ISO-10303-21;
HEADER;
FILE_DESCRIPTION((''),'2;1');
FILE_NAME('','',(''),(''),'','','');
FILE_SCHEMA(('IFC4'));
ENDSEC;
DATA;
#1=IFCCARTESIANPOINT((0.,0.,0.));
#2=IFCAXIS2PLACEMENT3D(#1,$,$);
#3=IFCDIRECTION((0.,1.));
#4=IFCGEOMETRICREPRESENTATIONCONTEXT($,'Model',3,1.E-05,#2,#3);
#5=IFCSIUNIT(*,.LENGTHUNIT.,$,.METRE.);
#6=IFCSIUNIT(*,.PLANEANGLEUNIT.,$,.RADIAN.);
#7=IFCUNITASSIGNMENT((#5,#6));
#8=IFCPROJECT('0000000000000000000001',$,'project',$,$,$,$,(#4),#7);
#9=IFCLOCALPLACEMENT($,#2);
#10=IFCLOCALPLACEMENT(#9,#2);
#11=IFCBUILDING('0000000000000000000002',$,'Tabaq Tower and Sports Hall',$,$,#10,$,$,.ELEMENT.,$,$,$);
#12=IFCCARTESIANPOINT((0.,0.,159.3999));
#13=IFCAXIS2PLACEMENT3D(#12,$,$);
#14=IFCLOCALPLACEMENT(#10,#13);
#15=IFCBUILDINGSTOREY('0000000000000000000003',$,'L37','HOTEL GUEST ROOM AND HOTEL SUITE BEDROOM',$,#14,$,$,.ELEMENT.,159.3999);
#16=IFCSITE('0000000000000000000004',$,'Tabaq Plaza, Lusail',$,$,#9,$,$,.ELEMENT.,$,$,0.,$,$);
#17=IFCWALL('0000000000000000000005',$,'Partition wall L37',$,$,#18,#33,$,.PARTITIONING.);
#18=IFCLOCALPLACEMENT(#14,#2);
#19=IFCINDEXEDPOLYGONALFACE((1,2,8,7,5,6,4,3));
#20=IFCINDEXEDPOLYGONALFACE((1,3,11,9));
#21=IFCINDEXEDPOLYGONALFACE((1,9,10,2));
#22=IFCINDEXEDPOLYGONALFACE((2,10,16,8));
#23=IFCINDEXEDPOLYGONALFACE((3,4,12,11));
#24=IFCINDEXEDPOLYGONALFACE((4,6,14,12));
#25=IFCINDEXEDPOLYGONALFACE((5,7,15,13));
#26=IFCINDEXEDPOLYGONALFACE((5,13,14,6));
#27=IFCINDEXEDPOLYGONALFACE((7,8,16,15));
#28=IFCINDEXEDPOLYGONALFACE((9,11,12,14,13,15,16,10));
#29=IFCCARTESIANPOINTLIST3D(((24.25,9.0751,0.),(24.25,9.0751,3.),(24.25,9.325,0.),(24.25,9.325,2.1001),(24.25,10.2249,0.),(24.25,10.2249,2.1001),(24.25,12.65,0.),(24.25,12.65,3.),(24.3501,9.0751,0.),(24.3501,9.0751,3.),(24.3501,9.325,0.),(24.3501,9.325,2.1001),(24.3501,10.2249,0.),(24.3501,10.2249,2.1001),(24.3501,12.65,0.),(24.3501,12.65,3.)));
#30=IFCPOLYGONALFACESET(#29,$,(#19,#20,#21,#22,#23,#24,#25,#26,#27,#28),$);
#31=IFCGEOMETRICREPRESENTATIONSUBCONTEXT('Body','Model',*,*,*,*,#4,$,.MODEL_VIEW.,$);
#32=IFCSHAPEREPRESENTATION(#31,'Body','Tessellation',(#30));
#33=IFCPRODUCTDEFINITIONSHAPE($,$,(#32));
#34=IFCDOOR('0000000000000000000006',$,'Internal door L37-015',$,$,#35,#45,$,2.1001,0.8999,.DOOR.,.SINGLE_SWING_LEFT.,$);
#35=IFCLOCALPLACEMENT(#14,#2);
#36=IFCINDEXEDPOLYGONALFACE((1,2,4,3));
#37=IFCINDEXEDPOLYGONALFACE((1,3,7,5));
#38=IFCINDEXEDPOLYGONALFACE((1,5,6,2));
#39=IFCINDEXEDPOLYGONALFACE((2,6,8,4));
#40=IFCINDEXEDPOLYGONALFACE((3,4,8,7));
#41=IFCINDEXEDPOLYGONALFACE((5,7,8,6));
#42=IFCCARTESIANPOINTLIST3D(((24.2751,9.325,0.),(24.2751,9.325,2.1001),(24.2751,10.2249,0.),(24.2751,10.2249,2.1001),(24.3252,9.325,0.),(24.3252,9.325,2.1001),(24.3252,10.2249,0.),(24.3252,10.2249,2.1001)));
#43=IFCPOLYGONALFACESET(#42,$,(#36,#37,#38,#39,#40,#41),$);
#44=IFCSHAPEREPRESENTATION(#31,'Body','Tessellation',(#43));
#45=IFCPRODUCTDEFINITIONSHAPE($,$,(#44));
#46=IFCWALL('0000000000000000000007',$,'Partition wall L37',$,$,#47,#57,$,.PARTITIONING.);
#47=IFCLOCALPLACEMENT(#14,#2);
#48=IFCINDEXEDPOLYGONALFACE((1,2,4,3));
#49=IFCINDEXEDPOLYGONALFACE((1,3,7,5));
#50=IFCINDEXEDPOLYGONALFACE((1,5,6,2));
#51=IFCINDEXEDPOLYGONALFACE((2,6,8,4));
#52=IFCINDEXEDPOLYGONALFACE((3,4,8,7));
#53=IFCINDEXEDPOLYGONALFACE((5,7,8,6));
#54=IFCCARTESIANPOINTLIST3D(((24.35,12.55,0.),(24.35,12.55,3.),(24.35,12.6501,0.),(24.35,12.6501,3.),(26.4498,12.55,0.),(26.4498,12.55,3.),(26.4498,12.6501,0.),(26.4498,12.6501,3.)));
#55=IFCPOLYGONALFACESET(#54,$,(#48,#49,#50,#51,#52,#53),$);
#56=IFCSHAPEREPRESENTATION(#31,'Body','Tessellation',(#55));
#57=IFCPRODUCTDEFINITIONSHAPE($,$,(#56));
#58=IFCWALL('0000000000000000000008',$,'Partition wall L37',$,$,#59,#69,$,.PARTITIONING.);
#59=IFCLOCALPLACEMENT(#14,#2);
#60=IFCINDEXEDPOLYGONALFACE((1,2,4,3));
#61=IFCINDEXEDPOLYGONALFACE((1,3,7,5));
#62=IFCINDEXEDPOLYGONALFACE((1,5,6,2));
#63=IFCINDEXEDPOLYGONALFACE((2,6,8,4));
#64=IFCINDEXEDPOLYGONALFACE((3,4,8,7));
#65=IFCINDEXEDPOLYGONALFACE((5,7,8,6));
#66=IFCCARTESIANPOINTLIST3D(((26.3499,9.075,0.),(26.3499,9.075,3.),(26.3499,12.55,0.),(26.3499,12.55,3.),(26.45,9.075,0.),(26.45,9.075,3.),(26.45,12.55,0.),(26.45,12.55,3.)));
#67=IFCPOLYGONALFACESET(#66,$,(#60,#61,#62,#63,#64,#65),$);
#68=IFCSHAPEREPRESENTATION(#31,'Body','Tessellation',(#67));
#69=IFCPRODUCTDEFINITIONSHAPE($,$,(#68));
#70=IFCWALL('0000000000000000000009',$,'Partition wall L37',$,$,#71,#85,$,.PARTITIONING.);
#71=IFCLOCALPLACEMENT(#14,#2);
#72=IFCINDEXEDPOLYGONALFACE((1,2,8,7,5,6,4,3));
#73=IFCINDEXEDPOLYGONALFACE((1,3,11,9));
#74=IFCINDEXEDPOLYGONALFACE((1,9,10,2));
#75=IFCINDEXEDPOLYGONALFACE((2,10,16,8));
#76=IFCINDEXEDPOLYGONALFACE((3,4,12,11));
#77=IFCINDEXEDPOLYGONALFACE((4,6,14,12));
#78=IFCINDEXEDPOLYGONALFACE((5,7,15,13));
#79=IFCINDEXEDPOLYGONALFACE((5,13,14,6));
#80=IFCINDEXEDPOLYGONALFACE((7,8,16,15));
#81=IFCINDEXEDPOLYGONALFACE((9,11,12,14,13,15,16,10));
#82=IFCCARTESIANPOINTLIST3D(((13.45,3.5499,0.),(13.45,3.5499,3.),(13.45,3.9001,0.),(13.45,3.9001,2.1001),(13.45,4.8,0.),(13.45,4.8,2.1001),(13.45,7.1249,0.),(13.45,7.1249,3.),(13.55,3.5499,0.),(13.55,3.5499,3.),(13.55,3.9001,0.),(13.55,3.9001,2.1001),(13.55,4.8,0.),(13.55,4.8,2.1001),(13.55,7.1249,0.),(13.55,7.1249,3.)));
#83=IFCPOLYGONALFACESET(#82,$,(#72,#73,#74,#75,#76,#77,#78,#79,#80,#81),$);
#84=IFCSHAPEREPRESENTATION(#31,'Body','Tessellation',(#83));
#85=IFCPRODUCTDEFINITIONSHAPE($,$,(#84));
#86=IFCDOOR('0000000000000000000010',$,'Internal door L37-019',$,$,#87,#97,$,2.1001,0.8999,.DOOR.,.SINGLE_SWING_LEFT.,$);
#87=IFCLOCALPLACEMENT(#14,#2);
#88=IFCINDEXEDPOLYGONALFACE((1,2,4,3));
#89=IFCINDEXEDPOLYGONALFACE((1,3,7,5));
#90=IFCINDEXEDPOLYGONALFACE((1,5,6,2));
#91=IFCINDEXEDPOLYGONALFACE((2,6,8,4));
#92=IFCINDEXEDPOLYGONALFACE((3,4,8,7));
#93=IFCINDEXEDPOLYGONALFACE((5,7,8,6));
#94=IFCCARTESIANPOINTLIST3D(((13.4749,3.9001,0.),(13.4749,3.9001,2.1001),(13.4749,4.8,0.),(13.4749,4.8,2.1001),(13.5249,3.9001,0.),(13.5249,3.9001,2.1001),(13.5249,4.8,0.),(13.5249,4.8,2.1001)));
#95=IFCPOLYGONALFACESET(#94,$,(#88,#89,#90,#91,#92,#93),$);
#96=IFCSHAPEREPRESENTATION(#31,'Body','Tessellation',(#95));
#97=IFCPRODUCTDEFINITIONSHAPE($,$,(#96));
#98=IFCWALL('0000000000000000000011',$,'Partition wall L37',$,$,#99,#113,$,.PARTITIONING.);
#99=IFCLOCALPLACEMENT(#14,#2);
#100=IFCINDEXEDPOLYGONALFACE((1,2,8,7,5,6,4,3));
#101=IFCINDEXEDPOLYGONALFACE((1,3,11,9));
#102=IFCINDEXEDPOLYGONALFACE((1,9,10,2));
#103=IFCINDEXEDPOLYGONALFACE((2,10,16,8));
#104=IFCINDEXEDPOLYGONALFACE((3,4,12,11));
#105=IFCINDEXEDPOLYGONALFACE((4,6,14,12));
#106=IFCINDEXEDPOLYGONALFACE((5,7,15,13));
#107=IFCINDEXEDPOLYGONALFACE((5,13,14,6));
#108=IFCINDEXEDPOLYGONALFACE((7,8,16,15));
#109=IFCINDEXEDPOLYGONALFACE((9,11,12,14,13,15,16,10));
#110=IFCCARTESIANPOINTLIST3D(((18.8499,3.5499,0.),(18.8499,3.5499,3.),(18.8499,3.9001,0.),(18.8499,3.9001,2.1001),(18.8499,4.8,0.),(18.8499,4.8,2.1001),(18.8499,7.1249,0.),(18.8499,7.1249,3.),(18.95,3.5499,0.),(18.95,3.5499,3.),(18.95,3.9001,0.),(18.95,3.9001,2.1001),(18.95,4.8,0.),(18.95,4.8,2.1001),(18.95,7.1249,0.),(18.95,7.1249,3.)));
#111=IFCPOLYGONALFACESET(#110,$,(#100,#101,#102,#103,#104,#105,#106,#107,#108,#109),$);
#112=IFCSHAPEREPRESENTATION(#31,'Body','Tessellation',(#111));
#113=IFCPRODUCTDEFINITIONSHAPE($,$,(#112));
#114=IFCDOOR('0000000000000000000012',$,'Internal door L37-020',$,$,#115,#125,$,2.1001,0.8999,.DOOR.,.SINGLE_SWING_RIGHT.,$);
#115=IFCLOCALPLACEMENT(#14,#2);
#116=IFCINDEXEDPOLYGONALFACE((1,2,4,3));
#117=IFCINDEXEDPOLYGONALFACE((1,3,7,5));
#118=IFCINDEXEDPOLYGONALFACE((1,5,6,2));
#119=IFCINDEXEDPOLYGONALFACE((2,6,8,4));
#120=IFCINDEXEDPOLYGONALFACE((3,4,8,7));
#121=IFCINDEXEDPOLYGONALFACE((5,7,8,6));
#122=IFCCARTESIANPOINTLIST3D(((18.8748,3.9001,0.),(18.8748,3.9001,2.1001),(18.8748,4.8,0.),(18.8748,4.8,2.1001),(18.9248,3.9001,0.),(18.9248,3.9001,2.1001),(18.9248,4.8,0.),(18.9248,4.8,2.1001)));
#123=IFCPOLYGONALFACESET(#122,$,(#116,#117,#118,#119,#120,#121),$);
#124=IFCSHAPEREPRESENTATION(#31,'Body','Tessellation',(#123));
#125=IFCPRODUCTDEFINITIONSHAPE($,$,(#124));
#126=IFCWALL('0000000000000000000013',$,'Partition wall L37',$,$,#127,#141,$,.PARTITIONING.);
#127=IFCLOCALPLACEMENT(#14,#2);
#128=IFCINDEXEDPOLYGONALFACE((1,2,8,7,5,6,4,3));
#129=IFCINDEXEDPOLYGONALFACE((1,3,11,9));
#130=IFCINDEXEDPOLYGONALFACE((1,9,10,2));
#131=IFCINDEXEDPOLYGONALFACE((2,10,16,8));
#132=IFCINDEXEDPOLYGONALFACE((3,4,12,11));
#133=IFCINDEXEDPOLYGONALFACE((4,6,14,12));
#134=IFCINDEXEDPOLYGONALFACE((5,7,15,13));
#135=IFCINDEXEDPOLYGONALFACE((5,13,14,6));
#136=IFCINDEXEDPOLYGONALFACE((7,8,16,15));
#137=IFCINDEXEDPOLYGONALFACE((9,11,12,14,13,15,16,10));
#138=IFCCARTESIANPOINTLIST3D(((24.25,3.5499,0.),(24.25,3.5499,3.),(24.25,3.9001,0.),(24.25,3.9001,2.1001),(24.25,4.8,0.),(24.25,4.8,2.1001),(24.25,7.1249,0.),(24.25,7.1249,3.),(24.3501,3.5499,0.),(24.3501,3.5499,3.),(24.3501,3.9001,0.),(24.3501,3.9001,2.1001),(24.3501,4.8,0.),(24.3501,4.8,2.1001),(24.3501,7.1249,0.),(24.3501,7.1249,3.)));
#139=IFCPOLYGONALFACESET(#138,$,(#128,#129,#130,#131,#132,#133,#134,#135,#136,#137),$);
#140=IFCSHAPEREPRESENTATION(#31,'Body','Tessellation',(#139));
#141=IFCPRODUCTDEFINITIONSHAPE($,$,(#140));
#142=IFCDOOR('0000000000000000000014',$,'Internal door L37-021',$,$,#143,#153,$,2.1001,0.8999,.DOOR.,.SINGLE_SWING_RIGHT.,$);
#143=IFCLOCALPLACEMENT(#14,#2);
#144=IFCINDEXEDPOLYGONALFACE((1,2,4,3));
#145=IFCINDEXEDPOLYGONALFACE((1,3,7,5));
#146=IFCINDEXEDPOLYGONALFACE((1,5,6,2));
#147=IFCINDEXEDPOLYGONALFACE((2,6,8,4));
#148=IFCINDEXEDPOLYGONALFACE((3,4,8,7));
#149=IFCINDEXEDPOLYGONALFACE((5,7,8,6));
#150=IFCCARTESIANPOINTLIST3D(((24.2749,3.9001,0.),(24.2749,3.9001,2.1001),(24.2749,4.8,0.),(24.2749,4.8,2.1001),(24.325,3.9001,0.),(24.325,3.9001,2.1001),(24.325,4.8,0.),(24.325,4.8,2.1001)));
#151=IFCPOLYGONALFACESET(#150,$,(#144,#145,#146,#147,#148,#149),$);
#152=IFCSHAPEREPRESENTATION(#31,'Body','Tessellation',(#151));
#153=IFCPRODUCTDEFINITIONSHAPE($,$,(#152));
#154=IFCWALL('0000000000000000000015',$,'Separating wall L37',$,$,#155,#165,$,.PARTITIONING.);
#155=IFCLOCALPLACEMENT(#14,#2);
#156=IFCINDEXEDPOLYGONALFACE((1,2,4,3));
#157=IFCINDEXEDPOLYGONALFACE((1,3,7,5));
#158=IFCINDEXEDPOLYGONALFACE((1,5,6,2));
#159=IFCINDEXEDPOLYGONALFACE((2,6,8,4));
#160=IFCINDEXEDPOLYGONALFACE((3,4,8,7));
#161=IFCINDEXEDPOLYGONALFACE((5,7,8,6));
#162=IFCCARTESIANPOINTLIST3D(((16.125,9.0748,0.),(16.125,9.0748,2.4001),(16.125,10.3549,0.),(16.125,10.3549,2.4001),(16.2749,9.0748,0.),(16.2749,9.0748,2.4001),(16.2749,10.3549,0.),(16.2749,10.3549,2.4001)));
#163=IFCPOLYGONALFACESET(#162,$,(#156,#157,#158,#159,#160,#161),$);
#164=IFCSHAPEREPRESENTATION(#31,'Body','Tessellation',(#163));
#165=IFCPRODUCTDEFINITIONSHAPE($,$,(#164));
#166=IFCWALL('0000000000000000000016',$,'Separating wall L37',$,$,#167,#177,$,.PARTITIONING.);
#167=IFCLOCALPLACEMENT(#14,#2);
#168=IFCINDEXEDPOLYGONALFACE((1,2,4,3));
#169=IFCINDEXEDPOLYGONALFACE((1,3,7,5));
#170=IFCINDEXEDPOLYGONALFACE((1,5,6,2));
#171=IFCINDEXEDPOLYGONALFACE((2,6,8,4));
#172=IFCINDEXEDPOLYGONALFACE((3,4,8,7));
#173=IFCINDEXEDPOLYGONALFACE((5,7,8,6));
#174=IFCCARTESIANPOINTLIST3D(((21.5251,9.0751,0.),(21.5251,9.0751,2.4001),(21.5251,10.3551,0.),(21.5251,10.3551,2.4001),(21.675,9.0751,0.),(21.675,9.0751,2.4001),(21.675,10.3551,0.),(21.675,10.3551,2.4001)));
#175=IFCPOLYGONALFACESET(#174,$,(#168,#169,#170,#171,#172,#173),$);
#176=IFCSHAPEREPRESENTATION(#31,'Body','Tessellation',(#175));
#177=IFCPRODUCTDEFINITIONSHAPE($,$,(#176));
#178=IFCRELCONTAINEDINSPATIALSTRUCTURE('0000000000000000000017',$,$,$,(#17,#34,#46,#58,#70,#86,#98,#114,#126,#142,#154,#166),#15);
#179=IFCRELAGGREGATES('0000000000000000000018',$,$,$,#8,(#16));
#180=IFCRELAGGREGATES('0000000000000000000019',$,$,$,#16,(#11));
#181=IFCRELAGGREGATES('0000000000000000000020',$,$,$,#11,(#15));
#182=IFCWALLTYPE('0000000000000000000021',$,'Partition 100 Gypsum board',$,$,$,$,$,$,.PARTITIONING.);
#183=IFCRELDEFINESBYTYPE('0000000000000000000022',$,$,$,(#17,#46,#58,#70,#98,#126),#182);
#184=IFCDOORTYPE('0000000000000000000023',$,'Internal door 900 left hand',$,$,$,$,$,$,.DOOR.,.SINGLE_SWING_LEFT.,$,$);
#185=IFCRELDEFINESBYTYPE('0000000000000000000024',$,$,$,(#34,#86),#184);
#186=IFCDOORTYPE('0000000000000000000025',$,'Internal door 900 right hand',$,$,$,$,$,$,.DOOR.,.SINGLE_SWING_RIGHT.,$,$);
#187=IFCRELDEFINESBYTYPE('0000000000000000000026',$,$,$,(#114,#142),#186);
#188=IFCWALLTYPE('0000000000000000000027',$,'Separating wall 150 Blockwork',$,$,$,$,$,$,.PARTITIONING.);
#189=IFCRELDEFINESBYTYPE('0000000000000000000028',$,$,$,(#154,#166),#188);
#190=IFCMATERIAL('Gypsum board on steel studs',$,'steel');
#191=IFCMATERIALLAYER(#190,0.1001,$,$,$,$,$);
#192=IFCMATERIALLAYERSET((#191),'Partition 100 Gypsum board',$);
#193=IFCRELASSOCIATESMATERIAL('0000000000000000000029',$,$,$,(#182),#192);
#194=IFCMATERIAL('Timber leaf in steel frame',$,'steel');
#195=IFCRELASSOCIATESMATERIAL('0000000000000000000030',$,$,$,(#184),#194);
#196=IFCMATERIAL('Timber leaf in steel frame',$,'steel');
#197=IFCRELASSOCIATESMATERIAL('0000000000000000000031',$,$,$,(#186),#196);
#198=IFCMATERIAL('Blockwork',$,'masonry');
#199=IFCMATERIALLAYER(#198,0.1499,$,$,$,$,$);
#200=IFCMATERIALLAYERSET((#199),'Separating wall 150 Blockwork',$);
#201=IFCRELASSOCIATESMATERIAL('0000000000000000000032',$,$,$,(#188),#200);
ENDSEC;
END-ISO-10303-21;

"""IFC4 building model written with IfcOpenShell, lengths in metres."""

from ifc_helpers import new_model, si_unit, direction, frame, frame_2d, origin, place, context, subcontext, project, spatial, rectangle, extrude, material, layer, layer_set, type_object, element, fill, save


model = new_model("IFC4")

# Units and contexts
model_context = context("Model", 3, precision=1e-05, world=origin(), true_north=direction((0.0, 1.0)))
body_context = subcontext(model_context, "Body", "Model", "MODEL_VIEW")
ifc_project = project(units=[si_unit("LENGTHUNIT", "METRE"), si_unit("PLANEANGLEUNIT", "RADIAN")], contexts=[model_context])

# Site, building, storey
site_placement = place(None, origin())
site = spatial("IfcSite", under=ifc_project, at=site_placement, Name="Tabaq Plaza, Lusail", CompositionType="ELEMENT", RefElevation=0.0)
building_placement = place(site_placement, origin())
building = spatial("IfcBuilding", under=site, at=building_placement, Name="Tabaq Tower and Sports Hall", CompositionType="ELEMENT")
storey_placement = place(building_placement, frame((0.0, 0.0, 159.3999)))
storey = spatial("IfcBuildingStorey", under=building, at=storey_placement, Name="L37", Description="HOTEL GUEST ROOM AND HOTEL SUITE BEDROOM", CompositionType="ELEMENT", Elevation=159.3999)

# Shared definitions
ifc_material_1 = material(Name="Gypsum board on steel studs", Category="steel")
ifc_layer_1 = layer(ifc_material_1, 0.1001)
ifc_layer_set_1 = layer_set([ifc_layer_1], Name="Partition 100 Gypsum board")
wall_type_1 = type_object("IfcWallType", Name="Partition 100 Gypsum board", PredefinedType="PARTITIONING", material=ifc_layer_set_1)

# Wall, opening, door
ifc_material_2 = material(Name="Timber leaf in steel frame", Category="steel")
door_type_1 = type_object("IfcDoorType", Name="Internal door 900 left hand", OperationType="SINGLE_SWING_LEFT", PredefinedType="DOOR", material=ifc_material_2)
wall_1_placement = place(storey_placement, frame((24.3, 9.075, 0.0), z_axis=(0.0, 0.0, 1.0), x_axis=(0.0, 1.0, 0.0)))
wall_1 = element("IfcWall", 1, at=wall_1_placement, inside=storey, type_object=wall_type_1, Name="Partition wall L37", PredefinedType="PARTITIONING", context=body_context, shape_type="SweptSolid", body=[
    extrude(rectangle(XDim=3.575, YDim=0.1001, at=frame_2d((1.7876, 0.0))), origin(), (0.0, 0.0, 1.0), 3.0),
])
opening_1_placement = place(wall_1_placement, frame((0.25, 0.0, 0.0)))
opening_1 = element("IfcOpeningElement", 2, at=opening_1_placement, cuts=wall_1, PredefinedType="OPENING", context=body_context, shape_type="SweptSolid", body=[
    extrude(rectangle(XDim=0.8999, YDim=2.1001, at=frame_2d((0.45, 1.05))), frame((0.0, 0.05, 0.0), z_axis=(0.0, -1.0, 0.0), x_axis=(1.0, 0.0, 0.0)), (0.0, 0.0, 1.0), 0.1001),
])
door_1_placement = place(opening_1_placement, origin())
door_1 = element("IfcDoor", 3, at=door_1_placement, inside=storey, type_object=door_type_1, Name="Internal door L37-015", OperationType="SINGLE_SWING_LEFT", OverallHeight=2.1001, OverallWidth=0.8999, PredefinedType="DOOR", context=body_context, shape_type="SweptSolid", body=[
    extrude(rectangle(XDim=0.8999, YDim=2.1001, at=frame_2d((0.45, 1.05))), frame((0.0, 0.0249, 0.0), z_axis=(0.0, -1.0, 0.0), x_axis=(1.0, 0.0, 0.0)), (0.0, 0.0, 1.0), 0.05),
])
fill(opening_1, door_1)

# Walls
wall_2_placement = place(storey_placement, frame((24.3501, 12.6001, 0.0), z_axis=(0.0, 0.0, 1.0), x_axis=(1.0, 0.0, 0.0)))
element("IfcWall", 4, at=wall_2_placement, inside=storey, type_object=wall_type_1, Name="Partition wall L37", PredefinedType="PARTITIONING", context=body_context, shape_type="SweptSolid", body=[
    extrude(rectangle(XDim=2.0999, YDim=0.1001, at=frame_2d((1.0498, 0.0))), origin(), (0.0, 0.0, 1.0), 3.0),
])
wall_3_placement = place(storey_placement, frame((26.3999, 12.55, 0.0), z_axis=(0.0, 0.0, 1.0), x_axis=(0.0, -1.0, 0.0)))
element("IfcWall", 5, at=wall_3_placement, inside=storey, type_object=wall_type_1, Name="Partition wall L37", PredefinedType="PARTITIONING", context=body_context, shape_type="SweptSolid", body=[
    extrude(rectangle(XDim=3.4751, YDim=0.1001, at=frame_2d((1.7375, 0.0))), origin(), (0.0, 0.0, 1.0), 3.0),
])

# Walls, openings, doors
wall_4_placement = place(storey_placement, frame((13.5, 7.125, 0.0), z_axis=(0.0, 0.0, 1.0), x_axis=(0.0, -1.0, 0.0)))
wall_4 = element("IfcWall", 6, at=wall_4_placement, inside=storey, type_object=wall_type_1, Name="Partition wall L37", PredefinedType="PARTITIONING", context=body_context, shape_type="SweptSolid", body=[
    extrude(rectangle(XDim=3.575, YDim=0.1001, at=frame_2d((1.7876, 0.0))), origin(), (0.0, 0.0, 1.0), 3.0),
])
opening_2_placement = place(wall_4_placement, frame((2.325, 0.0, 0.0)))
opening_2 = element("IfcOpeningElement", 7, at=opening_2_placement, cuts=wall_4, PredefinedType="OPENING", context=body_context, shape_type="SweptSolid", body=[
    extrude(rectangle(XDim=0.8999, YDim=2.1001, at=frame_2d((0.45, 1.05))), frame((0.0, 0.05, 0.0), z_axis=(0.0, -1.0, 0.0), x_axis=(1.0, 0.0, 0.0)), (0.0, 0.0, 1.0), 0.1001),
])
door_2_placement = place(opening_2_placement, origin())
door_2 = element("IfcDoor", 8, at=door_2_placement, inside=storey, type_object=door_type_1, Name="Internal door L37-019", OperationType="SINGLE_SWING_LEFT", OverallHeight=2.1001, OverallWidth=0.8999, PredefinedType="DOOR", context=body_context, shape_type="SweptSolid", body=[
    extrude(rectangle(XDim=0.8999, YDim=2.1001, at=frame_2d((0.45, 1.05))), frame((0.0, 0.0249, 0.0), z_axis=(0.0, -1.0, 0.0), x_axis=(1.0, 0.0, 0.0)), (0.0, 0.0, 1.0), 0.05),
])
fill(opening_2, door_2)
wall_5_placement = place(storey_placement, frame((18.8999, 7.125, 0.0), z_axis=(0.0, 0.0, 1.0), x_axis=(0.0, -1.0, 0.0)))
wall_5 = element("IfcWall", 9, at=wall_5_placement, inside=storey, type_object=wall_type_1, Name="Partition wall L37", PredefinedType="PARTITIONING", context=body_context, shape_type="SweptSolid", body=[
    extrude(rectangle(XDim=3.575, YDim=0.1001, at=frame_2d((1.7876, 0.0))), origin(), (0.0, 0.0, 1.0), 3.0),
])
opening_3_placement = place(wall_5_placement, frame((2.325, 0.0, 0.0)))
opening_3 = element("IfcOpeningElement", 10, at=opening_3_placement, cuts=wall_5, PredefinedType="OPENING", context=body_context, shape_type="SweptSolid", body=[
    extrude(rectangle(XDim=0.8999, YDim=2.1001, at=frame_2d((0.45, 1.05))), frame((0.0, 0.05, 0.0), z_axis=(0.0, -1.0, 0.0), x_axis=(1.0, 0.0, 0.0)), (0.0, 0.0, 1.0), 0.1001),
])
ifc_material_3 = material(Name="Timber leaf in steel frame", Category="steel")
door_type_2 = type_object("IfcDoorType", Name="Internal door 900 right hand", OperationType="SINGLE_SWING_RIGHT", PredefinedType="DOOR", material=ifc_material_3)
door_3_placement = place(opening_3_placement, origin())
door_3 = element("IfcDoor", 11, at=door_3_placement, inside=storey, type_object=door_type_2, Name="Internal door L37-020", OperationType="SINGLE_SWING_RIGHT", OverallHeight=2.1001, OverallWidth=0.8999, PredefinedType="DOOR", context=body_context, shape_type="SweptSolid", body=[
    extrude(rectangle(XDim=0.8999, YDim=2.1001, at=frame_2d((0.45, 1.05))), frame((0.0, 0.0249, 0.0), z_axis=(0.0, -1.0, 0.0), x_axis=(1.0, 0.0, 0.0)), (0.0, 0.0, 1.0), 0.05),
])
fill(opening_3, door_3)
wall_6_placement = place(storey_placement, frame((24.3, 7.125, 0.0), z_axis=(0.0, 0.0, 1.0), x_axis=(0.0, -1.0, 0.0)))
wall_6 = element("IfcWall", 12, at=wall_6_placement, inside=storey, type_object=wall_type_1, Name="Partition wall L37", PredefinedType="PARTITIONING", context=body_context, shape_type="SweptSolid", body=[
    extrude(rectangle(XDim=3.575, YDim=0.1001, at=frame_2d((1.7876, 0.0))), origin(), (0.0, 0.0, 1.0), 3.0),
])
opening_4_placement = place(wall_6_placement, frame((2.325, 0.0, 0.0)))
opening_4 = element("IfcOpeningElement", 13, at=opening_4_placement, cuts=wall_6, PredefinedType="OPENING", context=body_context, shape_type="SweptSolid", body=[
    extrude(rectangle(XDim=0.8999, YDim=2.1001, at=frame_2d((0.45, 1.05))), frame((0.0, 0.05, 0.0), z_axis=(0.0, -1.0, 0.0), x_axis=(1.0, 0.0, 0.0)), (0.0, 0.0, 1.0), 0.1001),
])
door_4_placement = place(opening_4_placement, origin())
door_4 = element("IfcDoor", 14, at=door_4_placement, inside=storey, type_object=door_type_2, Name="Internal door L37-021", OperationType="SINGLE_SWING_RIGHT", OverallHeight=2.1001, OverallWidth=0.8999, PredefinedType="DOOR", context=body_context, shape_type="SweptSolid", body=[
    extrude(rectangle(XDim=0.8999, YDim=2.1001, at=frame_2d((0.45, 1.05))), frame((0.0, 0.0249, 0.0), z_axis=(0.0, -1.0, 0.0), x_axis=(1.0, 0.0, 0.0)), (0.0, 0.0, 1.0), 0.05),
])
fill(opening_4, door_4)

# Walls
ifc_material_4 = material(Name="Blockwork", Category="masonry")
ifc_layer_2 = layer(ifc_material_4, 0.1499)
ifc_layer_set_2 = layer_set([ifc_layer_2], Name="Separating wall 150 Blockwork")
wall_type_2 = type_object("IfcWallType", Name="Separating wall 150 Blockwork", PredefinedType="PARTITIONING", material=ifc_layer_set_2)
for number, where, z_axis, x_axis, name in (
    (15, (16.2, 10.355, 0.0), (0.0, 0.0, 1.0), (0.0, -1.0, 0.0), "Separating wall L37"),
    (16, (21.6001, 9.075, 0.0), (0.0, 0.0, 1.0), (0.0, 1.0, 0.0), "Separating wall L37"),
):
    element("IfcWall", number, at=place(storey_placement, frame(where, z_axis=z_axis, x_axis=x_axis)), inside=storey, type_object=wall_type_2, Name=name, PredefinedType="PARTITIONING", context=body_context, shape_type="SweptSolid", body=[
        extrude(rectangle(XDim=1.28, YDim=0.1499, at=frame_2d((0.6401, 0.0))), origin(), (0.0, 0.0, 1.0), 2.4001),
    ])

save(model, "model.ifc")
